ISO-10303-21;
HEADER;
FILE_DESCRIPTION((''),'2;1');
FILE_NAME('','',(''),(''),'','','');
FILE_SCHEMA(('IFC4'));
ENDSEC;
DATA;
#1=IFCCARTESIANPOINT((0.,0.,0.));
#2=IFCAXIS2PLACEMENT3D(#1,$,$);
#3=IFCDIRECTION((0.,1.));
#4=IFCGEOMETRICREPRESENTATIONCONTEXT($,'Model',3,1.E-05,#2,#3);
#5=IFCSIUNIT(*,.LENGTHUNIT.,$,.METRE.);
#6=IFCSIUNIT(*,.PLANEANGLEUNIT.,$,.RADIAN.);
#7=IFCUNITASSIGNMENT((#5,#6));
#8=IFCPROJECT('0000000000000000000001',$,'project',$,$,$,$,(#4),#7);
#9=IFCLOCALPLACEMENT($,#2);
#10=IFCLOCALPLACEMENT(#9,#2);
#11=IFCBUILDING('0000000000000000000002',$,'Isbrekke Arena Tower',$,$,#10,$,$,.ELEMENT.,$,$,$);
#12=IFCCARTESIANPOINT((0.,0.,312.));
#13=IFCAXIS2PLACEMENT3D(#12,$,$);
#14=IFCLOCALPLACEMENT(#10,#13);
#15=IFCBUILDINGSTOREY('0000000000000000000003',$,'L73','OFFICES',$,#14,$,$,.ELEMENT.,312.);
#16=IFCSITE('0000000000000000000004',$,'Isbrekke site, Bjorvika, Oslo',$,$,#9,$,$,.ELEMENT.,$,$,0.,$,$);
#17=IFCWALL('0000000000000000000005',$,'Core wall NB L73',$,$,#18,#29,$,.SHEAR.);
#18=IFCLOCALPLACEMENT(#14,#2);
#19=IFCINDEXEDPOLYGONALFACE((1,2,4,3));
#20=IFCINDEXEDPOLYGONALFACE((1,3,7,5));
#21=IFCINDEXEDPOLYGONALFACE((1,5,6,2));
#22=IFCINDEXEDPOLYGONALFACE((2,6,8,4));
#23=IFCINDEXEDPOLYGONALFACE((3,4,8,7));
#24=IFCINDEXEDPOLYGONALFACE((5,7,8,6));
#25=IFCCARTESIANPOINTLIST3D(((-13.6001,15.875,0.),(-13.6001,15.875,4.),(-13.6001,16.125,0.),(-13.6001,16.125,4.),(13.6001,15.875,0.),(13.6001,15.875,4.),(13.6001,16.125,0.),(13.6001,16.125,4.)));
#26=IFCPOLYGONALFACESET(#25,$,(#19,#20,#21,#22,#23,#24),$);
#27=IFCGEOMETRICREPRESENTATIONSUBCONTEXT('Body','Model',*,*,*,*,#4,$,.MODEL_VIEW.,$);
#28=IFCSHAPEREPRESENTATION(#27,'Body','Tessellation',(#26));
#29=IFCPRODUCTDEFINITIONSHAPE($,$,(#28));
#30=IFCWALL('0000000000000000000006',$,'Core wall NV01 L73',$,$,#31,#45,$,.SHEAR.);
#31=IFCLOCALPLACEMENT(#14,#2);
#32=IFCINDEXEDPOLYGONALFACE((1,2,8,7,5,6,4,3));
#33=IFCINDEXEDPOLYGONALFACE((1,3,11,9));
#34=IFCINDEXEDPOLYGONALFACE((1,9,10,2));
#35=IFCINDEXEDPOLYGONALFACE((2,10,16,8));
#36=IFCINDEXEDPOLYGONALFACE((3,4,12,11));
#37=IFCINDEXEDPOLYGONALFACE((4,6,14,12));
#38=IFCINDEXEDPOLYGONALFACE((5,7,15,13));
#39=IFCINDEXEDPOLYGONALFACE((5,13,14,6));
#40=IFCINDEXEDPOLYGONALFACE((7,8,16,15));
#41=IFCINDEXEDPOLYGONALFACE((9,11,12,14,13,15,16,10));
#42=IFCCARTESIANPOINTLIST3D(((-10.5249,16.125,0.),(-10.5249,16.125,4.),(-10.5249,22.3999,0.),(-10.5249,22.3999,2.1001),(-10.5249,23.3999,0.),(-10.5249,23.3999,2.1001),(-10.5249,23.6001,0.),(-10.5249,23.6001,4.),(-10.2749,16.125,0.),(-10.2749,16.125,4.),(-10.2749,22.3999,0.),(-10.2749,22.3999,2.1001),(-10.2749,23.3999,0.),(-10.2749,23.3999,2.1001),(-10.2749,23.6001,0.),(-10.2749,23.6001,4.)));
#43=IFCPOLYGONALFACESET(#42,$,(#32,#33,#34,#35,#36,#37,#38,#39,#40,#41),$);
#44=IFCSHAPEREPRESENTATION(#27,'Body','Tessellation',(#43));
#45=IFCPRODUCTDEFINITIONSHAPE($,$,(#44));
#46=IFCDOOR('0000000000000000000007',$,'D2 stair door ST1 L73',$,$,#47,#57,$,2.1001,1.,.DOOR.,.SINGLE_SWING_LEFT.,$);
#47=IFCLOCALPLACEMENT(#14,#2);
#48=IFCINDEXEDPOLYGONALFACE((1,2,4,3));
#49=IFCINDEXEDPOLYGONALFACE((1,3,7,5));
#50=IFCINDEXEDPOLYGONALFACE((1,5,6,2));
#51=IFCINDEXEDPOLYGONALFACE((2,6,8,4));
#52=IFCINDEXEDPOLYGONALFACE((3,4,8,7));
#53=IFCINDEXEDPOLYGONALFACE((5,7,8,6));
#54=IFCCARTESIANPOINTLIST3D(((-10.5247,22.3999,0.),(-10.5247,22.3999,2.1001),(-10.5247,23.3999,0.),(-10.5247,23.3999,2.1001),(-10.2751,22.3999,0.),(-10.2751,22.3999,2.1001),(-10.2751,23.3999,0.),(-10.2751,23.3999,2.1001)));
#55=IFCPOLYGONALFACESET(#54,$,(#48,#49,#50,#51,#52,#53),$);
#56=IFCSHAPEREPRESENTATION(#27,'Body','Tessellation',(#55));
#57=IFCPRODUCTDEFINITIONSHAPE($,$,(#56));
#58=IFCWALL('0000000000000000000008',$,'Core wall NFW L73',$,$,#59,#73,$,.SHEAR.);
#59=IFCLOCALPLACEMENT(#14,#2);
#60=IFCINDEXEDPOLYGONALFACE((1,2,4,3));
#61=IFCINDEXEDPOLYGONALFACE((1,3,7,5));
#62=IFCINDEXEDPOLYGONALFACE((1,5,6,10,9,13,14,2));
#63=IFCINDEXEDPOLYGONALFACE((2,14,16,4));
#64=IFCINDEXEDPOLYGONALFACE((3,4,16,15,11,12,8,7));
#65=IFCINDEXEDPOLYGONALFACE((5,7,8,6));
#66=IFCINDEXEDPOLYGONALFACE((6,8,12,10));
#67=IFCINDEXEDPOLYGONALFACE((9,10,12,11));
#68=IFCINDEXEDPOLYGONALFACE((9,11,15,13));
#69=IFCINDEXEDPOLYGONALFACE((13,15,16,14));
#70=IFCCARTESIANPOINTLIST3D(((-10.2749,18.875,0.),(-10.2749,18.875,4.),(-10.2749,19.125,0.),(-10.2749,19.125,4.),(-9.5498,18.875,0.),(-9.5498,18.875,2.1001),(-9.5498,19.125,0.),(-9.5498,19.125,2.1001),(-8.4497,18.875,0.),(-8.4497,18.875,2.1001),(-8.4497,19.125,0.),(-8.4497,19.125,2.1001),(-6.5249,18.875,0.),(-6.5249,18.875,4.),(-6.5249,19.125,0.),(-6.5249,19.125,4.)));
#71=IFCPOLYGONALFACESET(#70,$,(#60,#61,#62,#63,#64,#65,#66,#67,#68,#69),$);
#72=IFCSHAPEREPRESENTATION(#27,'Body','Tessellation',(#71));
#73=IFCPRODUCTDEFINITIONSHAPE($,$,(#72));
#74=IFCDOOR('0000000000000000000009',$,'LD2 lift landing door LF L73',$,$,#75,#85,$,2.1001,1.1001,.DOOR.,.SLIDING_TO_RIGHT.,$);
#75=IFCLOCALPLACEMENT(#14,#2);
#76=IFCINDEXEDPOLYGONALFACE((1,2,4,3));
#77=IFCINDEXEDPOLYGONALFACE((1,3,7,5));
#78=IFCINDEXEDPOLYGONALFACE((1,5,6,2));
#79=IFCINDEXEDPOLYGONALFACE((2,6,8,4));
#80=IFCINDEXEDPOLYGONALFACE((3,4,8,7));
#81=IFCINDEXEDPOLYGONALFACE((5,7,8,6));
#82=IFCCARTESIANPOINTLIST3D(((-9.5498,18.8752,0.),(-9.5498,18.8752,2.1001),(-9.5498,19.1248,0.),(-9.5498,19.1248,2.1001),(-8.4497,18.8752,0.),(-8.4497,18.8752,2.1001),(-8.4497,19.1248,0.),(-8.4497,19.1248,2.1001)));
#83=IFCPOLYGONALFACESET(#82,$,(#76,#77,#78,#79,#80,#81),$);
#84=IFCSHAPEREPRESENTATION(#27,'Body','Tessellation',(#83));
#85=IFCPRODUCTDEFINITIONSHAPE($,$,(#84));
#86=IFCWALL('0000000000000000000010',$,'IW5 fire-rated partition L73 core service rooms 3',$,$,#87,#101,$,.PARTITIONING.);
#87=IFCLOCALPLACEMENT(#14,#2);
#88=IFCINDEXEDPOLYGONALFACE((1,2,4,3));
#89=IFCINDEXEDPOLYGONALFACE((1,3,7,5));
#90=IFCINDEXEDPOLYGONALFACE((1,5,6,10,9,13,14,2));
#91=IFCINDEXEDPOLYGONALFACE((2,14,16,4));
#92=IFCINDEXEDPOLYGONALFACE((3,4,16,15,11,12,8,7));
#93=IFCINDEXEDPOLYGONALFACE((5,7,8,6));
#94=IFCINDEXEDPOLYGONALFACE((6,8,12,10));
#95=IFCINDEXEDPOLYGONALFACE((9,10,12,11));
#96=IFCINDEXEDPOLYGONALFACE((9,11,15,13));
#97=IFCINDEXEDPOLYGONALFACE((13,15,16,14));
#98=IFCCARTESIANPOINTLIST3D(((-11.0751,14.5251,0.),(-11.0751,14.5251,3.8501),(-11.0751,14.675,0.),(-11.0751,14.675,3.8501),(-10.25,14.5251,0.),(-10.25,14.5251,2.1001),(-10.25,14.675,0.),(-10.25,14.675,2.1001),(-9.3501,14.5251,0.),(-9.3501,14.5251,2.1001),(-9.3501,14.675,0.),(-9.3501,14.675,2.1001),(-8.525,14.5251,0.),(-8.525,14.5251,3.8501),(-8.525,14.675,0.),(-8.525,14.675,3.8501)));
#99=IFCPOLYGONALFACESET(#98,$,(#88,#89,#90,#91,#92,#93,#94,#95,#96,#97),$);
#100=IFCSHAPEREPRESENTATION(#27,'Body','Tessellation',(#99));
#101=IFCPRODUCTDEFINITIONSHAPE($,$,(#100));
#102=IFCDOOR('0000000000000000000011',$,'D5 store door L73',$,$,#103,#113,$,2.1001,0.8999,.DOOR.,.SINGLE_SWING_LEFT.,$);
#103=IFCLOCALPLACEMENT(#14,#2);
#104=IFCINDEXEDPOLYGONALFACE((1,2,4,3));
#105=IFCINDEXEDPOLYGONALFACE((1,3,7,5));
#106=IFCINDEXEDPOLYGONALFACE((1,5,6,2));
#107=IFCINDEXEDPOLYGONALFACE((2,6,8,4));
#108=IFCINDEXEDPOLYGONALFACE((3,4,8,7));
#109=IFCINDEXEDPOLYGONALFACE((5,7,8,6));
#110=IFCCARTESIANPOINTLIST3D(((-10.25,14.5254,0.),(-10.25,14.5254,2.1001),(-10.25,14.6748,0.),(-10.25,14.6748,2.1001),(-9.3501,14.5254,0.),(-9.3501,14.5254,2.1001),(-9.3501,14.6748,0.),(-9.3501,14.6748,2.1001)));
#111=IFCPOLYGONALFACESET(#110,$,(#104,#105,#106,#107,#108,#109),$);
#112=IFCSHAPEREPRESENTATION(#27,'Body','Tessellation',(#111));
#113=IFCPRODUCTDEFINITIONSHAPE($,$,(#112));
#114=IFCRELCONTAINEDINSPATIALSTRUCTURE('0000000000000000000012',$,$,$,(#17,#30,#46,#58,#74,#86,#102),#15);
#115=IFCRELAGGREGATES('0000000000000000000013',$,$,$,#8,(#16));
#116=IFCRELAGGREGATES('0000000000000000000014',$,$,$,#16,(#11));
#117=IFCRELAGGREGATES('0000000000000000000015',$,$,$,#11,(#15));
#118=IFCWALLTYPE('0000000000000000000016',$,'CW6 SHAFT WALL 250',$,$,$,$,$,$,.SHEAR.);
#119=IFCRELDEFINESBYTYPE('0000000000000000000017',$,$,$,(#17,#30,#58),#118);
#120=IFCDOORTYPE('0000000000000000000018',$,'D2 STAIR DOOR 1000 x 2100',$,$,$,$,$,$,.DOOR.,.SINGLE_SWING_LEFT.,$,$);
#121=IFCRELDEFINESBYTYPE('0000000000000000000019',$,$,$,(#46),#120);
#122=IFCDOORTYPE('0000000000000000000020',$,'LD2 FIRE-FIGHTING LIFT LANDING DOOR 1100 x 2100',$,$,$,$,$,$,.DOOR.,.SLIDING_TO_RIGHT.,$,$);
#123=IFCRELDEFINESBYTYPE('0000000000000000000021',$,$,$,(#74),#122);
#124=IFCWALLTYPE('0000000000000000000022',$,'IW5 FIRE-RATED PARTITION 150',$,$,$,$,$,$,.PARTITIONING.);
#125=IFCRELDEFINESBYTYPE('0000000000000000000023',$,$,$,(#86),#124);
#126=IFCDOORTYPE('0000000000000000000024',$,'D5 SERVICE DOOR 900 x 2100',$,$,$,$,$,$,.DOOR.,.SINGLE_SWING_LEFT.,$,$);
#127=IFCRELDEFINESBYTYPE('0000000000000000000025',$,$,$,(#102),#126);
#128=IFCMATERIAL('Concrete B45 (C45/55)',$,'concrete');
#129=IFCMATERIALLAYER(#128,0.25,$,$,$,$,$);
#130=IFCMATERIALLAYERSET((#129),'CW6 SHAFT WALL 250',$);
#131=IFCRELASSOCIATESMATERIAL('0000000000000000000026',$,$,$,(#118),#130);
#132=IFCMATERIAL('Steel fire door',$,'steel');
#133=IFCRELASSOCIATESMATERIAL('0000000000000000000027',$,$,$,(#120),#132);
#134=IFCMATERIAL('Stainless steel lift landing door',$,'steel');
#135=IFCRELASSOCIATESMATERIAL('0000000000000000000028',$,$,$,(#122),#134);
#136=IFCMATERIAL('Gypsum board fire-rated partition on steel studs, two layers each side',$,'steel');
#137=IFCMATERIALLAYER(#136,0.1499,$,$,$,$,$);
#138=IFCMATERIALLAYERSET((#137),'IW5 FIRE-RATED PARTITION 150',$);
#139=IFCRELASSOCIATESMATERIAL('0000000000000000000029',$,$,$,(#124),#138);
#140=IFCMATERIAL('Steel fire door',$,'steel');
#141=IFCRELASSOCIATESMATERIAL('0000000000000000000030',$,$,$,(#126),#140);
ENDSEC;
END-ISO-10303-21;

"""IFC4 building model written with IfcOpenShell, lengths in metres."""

from ifc_helpers import new_model, si_unit, direction, frame, frame_2d, origin, place, context, subcontext, project, spatial, rectangle, extrude, material, layer, layer_set, type_object, element, fill, save


model = new_model("IFC4")

# Units and contexts
model_context = context("Model", 3, precision=1e-05, world=origin(), true_north=direction((0.0, 1.0)))
body_context = subcontext(model_context, "Body", "Model", "MODEL_VIEW")
ifc_project = project(units=[si_unit("LENGTHUNIT", "METRE"), si_unit("PLANEANGLEUNIT", "RADIAN")], contexts=[model_context])

# Site, building, storey
site_placement = place(None, origin())
site = spatial("IfcSite", under=ifc_project, at=site_placement, Name="Isbrekke site, Bjorvika, Oslo", CompositionType="ELEMENT", RefElevation=0.0)
building_placement = place(site_placement, origin())
building = spatial("IfcBuilding", under=site, at=building_placement, Name="Isbrekke Arena Tower", CompositionType="ELEMENT")
storey_placement = place(building_placement, frame((0.0, 0.0, 312.0)))
storey = spatial("IfcBuildingStorey", under=building, at=storey_placement, Name="L73", Description="OFFICES", CompositionType="ELEMENT", Elevation=312.0)

# Wall
ifc_material_1 = material(Name="Concrete B45 (C45/55)", Category="concrete")
ifc_layer_1 = layer(ifc_material_1, 0.25)
ifc_layer_set_1 = layer_set([ifc_layer_1], Name="CW6 SHAFT WALL 250")
wall_type_1 = type_object("IfcWallType", Name="CW6 SHAFT WALL 250", PredefinedType="SHEAR", material=ifc_layer_set_1)
wall_1_placement = place(storey_placement, frame((-13.6001, 16.0, 0.0), z_axis=(0.0, 0.0, 1.0), x_axis=(1.0, 0.0, 0.0)))
element("IfcWall", 1, at=wall_1_placement, inside=storey, type_object=wall_type_1, Name="Core wall NB L73", PredefinedType="SHEAR", context=body_context, shape_type="SweptSolid", body=[
    extrude(rectangle(XDim=27.2002, YDim=0.25, at=frame_2d((13.6001, 0.0))), origin(), (0.0, 0.0, 1.0), 4.0),
])

# Walls, openings, doors
wall_2_placement = place(storey_placement, frame((-10.3999, 16.125, 0.0), z_axis=(0.0, 0.0, 1.0), x_axis=(0.0, 1.0, 0.0)))
wall_2 = element("IfcWall", 2, at=wall_2_placement, inside=storey, type_object=wall_type_1, Name="Core wall NV01 L73", PredefinedType="SHEAR", context=body_context, shape_type="SweptSolid", body=[
    extrude(rectangle(XDim=7.4751, YDim=0.25, at=frame_2d((3.7375, 0.0))), origin(), (0.0, 0.0, 1.0), 4.0),
])
opening_1_placement = place(wall_2_placement, frame((6.2749, 0.0, 0.0)))
opening_1 = element("IfcOpeningElement", 3, at=opening_1_placement, cuts=wall_2, PredefinedType="OPENING", context=body_context, shape_type="SweptSolid", body=[
    extrude(rectangle(XDim=1.0, YDim=2.1001, at=frame_2d((0.5, 1.05))), frame((0.0, 0.1399, 0.0), z_axis=(0.0, -1.0, 0.0), x_axis=(1.0, 0.0, 0.0)), (0.0, 0.0, 1.0), 0.2798),
])
ifc_material_2 = material(Name="Steel fire door", Category="steel")
door_type_1 = type_object("IfcDoorType", Name="D2 STAIR DOOR 1000 x 2100", OperationType="SINGLE_SWING_LEFT", PredefinedType="DOOR", material=ifc_material_2)
door_1_placement = place(opening_1_placement, origin())
door_1 = element("IfcDoor", 4, at=door_1_placement, inside=storey, type_object=door_type_1, Name="D2 stair door ST1 L73", OperationType="SINGLE_SWING_LEFT", OverallHeight=2.1001, OverallWidth=1.0, PredefinedType="DOOR", context=body_context, shape_type="SweptSolid", body=[
    extrude(rectangle(XDim=1.0, YDim=2.1001, at=frame_2d((0.5, 1.05))), frame((0.0, 0.1248, 0.0), z_axis=(0.0, -1.0, 0.0), x_axis=(1.0, 0.0, 0.0)), (0.0, 0.0, 1.0), 0.2495),
])
fill(opening_1, door_1)
wall_3_placement = place(storey_placement, frame((-10.2749, 19.0, 0.0), z_axis=(0.0, 0.0, 1.0), x_axis=(1.0, 0.0, 0.0)))
wall_3 = element("IfcWall", 5, at=wall_3_placement, inside=storey, type_object=wall_type_1, Name="Core wall NFW L73", PredefinedType="SHEAR", context=body_context, shape_type="SweptSolid", body=[
    extrude(rectangle(XDim=3.75, YDim=0.25, at=frame_2d((1.875, 0.0))), origin(), (0.0, 0.0, 1.0), 4.0),
])
opening_2_placement = place(wall_3_placement, frame((0.7251, 0.0, 0.0)))
opening_2 = element("IfcOpeningElement", 6, at=opening_2_placement, cuts=wall_3, PredefinedType="OPENING", context=body_context, shape_type="SweptSolid", body=[
    extrude(rectangle(XDim=1.1001, YDim=2.1001, at=frame_2d((0.55, 1.05))), frame((0.0, 0.1399, 0.0), z_axis=(0.0, -1.0, 0.0), x_axis=(1.0, 0.0, 0.0)), (0.0, 0.0, 1.0), 0.2798),
])
ifc_material_3 = material(Name="Stainless steel lift landing door", Category="steel")
door_type_2 = type_object("IfcDoorType", Name="LD2 FIRE-FIGHTING LIFT LANDING DOOR 1100 x 2100", OperationType="SLIDING_TO_RIGHT", PredefinedType="DOOR", material=ifc_material_3)
door_2_placement = place(opening_2_placement, origin())
door_2 = element("IfcDoor", 7, at=door_2_placement, inside=storey, type_object=door_type_2, Name="LD2 lift landing door LF L73", OperationType="SLIDING_TO_RIGHT", OverallHeight=2.1001, OverallWidth=1.1001, PredefinedType="DOOR", context=body_context, shape_type="SweptSolid", body=[
    extrude(rectangle(XDim=1.1001, YDim=2.1001, at=frame_2d((0.55, 1.05))), frame((0.0, 0.1248, 0.0), z_axis=(0.0, -1.0, 0.0), x_axis=(1.0, 0.0, 0.0)), (0.0, 0.0, 1.0), 0.2495),
])
fill(opening_2, door_2)
ifc_material_4 = material(Name="Gypsum board fire-rated partition on steel studs, two layers each side", Category="steel")
ifc_layer_2 = layer(ifc_material_4, 0.1499)
ifc_layer_set_2 = layer_set([ifc_layer_2], Name="IW5 FIRE-RATED PARTITION 150")
wall_type_2 = type_object("IfcWallType", Name="IW5 FIRE-RATED PARTITION 150", PredefinedType="PARTITIONING", material=ifc_layer_set_2)
wall_4_placement = place(storey_placement, frame((-11.075, 14.6001, 0.0), z_axis=(0.0, 0.0, 1.0), x_axis=(1.0, 0.0, 0.0)))
wall_4 = element("IfcWall", 8, at=wall_4_placement, inside=storey, type_object=wall_type_2, Name="IW5 fire-rated partition L73 core service rooms 3", PredefinedType="PARTITIONING", context=body_context, shape_type="SweptSolid", body=[
    extrude(rectangle(XDim=2.55, YDim=0.1499, at=frame_2d((1.2749, 0.0))), origin(), (0.0, 0.0, 1.0), 3.8501),
])
opening_3_placement = place(wall_4_placement, frame((0.825, 0.0, 0.0)))
opening_3 = element("IfcOpeningElement", 9, at=opening_3_placement, cuts=wall_4, PredefinedType="OPENING", context=body_context, shape_type="SweptSolid", body=[
    extrude(rectangle(XDim=0.8999, YDim=2.1001, at=frame_2d((0.45, 1.05))), frame((0.0, 0.0898, 0.0), z_axis=(0.0, -1.0, 0.0), x_axis=(1.0, 0.0, 0.0)), (0.0, 0.0, 1.0), 0.1797),
])
ifc_material_5 = material(Name="Steel fire door", Category="steel")
door_type_3 = type_object("IfcDoorType", Name="D5 SERVICE DOOR 900 x 2100", OperationType="SINGLE_SWING_LEFT", PredefinedType="DOOR", material=ifc_material_5)
door_3_placement = place(opening_3_placement, origin())
door_3 = element("IfcDoor", 10, at=door_3_placement, inside=storey, type_object=door_type_3, Name="D5 store door L73", OperationType="SINGLE_SWING_LEFT", OverallHeight=2.1001, OverallWidth=0.8999, PredefinedType="DOOR", context=body_context, shape_type="SweptSolid", body=[
    extrude(rectangle(XDim=0.8999, YDim=2.1001, at=frame_2d((0.45, 1.05))), frame((0.0, 0.0747, 0.0), z_axis=(0.0, -1.0, 0.0), x_axis=(1.0, 0.0, 0.0)), (0.0, 0.0, 1.0), 0.1494),
])
fill(opening_3, door_3)

save(model, "model.ifc")
